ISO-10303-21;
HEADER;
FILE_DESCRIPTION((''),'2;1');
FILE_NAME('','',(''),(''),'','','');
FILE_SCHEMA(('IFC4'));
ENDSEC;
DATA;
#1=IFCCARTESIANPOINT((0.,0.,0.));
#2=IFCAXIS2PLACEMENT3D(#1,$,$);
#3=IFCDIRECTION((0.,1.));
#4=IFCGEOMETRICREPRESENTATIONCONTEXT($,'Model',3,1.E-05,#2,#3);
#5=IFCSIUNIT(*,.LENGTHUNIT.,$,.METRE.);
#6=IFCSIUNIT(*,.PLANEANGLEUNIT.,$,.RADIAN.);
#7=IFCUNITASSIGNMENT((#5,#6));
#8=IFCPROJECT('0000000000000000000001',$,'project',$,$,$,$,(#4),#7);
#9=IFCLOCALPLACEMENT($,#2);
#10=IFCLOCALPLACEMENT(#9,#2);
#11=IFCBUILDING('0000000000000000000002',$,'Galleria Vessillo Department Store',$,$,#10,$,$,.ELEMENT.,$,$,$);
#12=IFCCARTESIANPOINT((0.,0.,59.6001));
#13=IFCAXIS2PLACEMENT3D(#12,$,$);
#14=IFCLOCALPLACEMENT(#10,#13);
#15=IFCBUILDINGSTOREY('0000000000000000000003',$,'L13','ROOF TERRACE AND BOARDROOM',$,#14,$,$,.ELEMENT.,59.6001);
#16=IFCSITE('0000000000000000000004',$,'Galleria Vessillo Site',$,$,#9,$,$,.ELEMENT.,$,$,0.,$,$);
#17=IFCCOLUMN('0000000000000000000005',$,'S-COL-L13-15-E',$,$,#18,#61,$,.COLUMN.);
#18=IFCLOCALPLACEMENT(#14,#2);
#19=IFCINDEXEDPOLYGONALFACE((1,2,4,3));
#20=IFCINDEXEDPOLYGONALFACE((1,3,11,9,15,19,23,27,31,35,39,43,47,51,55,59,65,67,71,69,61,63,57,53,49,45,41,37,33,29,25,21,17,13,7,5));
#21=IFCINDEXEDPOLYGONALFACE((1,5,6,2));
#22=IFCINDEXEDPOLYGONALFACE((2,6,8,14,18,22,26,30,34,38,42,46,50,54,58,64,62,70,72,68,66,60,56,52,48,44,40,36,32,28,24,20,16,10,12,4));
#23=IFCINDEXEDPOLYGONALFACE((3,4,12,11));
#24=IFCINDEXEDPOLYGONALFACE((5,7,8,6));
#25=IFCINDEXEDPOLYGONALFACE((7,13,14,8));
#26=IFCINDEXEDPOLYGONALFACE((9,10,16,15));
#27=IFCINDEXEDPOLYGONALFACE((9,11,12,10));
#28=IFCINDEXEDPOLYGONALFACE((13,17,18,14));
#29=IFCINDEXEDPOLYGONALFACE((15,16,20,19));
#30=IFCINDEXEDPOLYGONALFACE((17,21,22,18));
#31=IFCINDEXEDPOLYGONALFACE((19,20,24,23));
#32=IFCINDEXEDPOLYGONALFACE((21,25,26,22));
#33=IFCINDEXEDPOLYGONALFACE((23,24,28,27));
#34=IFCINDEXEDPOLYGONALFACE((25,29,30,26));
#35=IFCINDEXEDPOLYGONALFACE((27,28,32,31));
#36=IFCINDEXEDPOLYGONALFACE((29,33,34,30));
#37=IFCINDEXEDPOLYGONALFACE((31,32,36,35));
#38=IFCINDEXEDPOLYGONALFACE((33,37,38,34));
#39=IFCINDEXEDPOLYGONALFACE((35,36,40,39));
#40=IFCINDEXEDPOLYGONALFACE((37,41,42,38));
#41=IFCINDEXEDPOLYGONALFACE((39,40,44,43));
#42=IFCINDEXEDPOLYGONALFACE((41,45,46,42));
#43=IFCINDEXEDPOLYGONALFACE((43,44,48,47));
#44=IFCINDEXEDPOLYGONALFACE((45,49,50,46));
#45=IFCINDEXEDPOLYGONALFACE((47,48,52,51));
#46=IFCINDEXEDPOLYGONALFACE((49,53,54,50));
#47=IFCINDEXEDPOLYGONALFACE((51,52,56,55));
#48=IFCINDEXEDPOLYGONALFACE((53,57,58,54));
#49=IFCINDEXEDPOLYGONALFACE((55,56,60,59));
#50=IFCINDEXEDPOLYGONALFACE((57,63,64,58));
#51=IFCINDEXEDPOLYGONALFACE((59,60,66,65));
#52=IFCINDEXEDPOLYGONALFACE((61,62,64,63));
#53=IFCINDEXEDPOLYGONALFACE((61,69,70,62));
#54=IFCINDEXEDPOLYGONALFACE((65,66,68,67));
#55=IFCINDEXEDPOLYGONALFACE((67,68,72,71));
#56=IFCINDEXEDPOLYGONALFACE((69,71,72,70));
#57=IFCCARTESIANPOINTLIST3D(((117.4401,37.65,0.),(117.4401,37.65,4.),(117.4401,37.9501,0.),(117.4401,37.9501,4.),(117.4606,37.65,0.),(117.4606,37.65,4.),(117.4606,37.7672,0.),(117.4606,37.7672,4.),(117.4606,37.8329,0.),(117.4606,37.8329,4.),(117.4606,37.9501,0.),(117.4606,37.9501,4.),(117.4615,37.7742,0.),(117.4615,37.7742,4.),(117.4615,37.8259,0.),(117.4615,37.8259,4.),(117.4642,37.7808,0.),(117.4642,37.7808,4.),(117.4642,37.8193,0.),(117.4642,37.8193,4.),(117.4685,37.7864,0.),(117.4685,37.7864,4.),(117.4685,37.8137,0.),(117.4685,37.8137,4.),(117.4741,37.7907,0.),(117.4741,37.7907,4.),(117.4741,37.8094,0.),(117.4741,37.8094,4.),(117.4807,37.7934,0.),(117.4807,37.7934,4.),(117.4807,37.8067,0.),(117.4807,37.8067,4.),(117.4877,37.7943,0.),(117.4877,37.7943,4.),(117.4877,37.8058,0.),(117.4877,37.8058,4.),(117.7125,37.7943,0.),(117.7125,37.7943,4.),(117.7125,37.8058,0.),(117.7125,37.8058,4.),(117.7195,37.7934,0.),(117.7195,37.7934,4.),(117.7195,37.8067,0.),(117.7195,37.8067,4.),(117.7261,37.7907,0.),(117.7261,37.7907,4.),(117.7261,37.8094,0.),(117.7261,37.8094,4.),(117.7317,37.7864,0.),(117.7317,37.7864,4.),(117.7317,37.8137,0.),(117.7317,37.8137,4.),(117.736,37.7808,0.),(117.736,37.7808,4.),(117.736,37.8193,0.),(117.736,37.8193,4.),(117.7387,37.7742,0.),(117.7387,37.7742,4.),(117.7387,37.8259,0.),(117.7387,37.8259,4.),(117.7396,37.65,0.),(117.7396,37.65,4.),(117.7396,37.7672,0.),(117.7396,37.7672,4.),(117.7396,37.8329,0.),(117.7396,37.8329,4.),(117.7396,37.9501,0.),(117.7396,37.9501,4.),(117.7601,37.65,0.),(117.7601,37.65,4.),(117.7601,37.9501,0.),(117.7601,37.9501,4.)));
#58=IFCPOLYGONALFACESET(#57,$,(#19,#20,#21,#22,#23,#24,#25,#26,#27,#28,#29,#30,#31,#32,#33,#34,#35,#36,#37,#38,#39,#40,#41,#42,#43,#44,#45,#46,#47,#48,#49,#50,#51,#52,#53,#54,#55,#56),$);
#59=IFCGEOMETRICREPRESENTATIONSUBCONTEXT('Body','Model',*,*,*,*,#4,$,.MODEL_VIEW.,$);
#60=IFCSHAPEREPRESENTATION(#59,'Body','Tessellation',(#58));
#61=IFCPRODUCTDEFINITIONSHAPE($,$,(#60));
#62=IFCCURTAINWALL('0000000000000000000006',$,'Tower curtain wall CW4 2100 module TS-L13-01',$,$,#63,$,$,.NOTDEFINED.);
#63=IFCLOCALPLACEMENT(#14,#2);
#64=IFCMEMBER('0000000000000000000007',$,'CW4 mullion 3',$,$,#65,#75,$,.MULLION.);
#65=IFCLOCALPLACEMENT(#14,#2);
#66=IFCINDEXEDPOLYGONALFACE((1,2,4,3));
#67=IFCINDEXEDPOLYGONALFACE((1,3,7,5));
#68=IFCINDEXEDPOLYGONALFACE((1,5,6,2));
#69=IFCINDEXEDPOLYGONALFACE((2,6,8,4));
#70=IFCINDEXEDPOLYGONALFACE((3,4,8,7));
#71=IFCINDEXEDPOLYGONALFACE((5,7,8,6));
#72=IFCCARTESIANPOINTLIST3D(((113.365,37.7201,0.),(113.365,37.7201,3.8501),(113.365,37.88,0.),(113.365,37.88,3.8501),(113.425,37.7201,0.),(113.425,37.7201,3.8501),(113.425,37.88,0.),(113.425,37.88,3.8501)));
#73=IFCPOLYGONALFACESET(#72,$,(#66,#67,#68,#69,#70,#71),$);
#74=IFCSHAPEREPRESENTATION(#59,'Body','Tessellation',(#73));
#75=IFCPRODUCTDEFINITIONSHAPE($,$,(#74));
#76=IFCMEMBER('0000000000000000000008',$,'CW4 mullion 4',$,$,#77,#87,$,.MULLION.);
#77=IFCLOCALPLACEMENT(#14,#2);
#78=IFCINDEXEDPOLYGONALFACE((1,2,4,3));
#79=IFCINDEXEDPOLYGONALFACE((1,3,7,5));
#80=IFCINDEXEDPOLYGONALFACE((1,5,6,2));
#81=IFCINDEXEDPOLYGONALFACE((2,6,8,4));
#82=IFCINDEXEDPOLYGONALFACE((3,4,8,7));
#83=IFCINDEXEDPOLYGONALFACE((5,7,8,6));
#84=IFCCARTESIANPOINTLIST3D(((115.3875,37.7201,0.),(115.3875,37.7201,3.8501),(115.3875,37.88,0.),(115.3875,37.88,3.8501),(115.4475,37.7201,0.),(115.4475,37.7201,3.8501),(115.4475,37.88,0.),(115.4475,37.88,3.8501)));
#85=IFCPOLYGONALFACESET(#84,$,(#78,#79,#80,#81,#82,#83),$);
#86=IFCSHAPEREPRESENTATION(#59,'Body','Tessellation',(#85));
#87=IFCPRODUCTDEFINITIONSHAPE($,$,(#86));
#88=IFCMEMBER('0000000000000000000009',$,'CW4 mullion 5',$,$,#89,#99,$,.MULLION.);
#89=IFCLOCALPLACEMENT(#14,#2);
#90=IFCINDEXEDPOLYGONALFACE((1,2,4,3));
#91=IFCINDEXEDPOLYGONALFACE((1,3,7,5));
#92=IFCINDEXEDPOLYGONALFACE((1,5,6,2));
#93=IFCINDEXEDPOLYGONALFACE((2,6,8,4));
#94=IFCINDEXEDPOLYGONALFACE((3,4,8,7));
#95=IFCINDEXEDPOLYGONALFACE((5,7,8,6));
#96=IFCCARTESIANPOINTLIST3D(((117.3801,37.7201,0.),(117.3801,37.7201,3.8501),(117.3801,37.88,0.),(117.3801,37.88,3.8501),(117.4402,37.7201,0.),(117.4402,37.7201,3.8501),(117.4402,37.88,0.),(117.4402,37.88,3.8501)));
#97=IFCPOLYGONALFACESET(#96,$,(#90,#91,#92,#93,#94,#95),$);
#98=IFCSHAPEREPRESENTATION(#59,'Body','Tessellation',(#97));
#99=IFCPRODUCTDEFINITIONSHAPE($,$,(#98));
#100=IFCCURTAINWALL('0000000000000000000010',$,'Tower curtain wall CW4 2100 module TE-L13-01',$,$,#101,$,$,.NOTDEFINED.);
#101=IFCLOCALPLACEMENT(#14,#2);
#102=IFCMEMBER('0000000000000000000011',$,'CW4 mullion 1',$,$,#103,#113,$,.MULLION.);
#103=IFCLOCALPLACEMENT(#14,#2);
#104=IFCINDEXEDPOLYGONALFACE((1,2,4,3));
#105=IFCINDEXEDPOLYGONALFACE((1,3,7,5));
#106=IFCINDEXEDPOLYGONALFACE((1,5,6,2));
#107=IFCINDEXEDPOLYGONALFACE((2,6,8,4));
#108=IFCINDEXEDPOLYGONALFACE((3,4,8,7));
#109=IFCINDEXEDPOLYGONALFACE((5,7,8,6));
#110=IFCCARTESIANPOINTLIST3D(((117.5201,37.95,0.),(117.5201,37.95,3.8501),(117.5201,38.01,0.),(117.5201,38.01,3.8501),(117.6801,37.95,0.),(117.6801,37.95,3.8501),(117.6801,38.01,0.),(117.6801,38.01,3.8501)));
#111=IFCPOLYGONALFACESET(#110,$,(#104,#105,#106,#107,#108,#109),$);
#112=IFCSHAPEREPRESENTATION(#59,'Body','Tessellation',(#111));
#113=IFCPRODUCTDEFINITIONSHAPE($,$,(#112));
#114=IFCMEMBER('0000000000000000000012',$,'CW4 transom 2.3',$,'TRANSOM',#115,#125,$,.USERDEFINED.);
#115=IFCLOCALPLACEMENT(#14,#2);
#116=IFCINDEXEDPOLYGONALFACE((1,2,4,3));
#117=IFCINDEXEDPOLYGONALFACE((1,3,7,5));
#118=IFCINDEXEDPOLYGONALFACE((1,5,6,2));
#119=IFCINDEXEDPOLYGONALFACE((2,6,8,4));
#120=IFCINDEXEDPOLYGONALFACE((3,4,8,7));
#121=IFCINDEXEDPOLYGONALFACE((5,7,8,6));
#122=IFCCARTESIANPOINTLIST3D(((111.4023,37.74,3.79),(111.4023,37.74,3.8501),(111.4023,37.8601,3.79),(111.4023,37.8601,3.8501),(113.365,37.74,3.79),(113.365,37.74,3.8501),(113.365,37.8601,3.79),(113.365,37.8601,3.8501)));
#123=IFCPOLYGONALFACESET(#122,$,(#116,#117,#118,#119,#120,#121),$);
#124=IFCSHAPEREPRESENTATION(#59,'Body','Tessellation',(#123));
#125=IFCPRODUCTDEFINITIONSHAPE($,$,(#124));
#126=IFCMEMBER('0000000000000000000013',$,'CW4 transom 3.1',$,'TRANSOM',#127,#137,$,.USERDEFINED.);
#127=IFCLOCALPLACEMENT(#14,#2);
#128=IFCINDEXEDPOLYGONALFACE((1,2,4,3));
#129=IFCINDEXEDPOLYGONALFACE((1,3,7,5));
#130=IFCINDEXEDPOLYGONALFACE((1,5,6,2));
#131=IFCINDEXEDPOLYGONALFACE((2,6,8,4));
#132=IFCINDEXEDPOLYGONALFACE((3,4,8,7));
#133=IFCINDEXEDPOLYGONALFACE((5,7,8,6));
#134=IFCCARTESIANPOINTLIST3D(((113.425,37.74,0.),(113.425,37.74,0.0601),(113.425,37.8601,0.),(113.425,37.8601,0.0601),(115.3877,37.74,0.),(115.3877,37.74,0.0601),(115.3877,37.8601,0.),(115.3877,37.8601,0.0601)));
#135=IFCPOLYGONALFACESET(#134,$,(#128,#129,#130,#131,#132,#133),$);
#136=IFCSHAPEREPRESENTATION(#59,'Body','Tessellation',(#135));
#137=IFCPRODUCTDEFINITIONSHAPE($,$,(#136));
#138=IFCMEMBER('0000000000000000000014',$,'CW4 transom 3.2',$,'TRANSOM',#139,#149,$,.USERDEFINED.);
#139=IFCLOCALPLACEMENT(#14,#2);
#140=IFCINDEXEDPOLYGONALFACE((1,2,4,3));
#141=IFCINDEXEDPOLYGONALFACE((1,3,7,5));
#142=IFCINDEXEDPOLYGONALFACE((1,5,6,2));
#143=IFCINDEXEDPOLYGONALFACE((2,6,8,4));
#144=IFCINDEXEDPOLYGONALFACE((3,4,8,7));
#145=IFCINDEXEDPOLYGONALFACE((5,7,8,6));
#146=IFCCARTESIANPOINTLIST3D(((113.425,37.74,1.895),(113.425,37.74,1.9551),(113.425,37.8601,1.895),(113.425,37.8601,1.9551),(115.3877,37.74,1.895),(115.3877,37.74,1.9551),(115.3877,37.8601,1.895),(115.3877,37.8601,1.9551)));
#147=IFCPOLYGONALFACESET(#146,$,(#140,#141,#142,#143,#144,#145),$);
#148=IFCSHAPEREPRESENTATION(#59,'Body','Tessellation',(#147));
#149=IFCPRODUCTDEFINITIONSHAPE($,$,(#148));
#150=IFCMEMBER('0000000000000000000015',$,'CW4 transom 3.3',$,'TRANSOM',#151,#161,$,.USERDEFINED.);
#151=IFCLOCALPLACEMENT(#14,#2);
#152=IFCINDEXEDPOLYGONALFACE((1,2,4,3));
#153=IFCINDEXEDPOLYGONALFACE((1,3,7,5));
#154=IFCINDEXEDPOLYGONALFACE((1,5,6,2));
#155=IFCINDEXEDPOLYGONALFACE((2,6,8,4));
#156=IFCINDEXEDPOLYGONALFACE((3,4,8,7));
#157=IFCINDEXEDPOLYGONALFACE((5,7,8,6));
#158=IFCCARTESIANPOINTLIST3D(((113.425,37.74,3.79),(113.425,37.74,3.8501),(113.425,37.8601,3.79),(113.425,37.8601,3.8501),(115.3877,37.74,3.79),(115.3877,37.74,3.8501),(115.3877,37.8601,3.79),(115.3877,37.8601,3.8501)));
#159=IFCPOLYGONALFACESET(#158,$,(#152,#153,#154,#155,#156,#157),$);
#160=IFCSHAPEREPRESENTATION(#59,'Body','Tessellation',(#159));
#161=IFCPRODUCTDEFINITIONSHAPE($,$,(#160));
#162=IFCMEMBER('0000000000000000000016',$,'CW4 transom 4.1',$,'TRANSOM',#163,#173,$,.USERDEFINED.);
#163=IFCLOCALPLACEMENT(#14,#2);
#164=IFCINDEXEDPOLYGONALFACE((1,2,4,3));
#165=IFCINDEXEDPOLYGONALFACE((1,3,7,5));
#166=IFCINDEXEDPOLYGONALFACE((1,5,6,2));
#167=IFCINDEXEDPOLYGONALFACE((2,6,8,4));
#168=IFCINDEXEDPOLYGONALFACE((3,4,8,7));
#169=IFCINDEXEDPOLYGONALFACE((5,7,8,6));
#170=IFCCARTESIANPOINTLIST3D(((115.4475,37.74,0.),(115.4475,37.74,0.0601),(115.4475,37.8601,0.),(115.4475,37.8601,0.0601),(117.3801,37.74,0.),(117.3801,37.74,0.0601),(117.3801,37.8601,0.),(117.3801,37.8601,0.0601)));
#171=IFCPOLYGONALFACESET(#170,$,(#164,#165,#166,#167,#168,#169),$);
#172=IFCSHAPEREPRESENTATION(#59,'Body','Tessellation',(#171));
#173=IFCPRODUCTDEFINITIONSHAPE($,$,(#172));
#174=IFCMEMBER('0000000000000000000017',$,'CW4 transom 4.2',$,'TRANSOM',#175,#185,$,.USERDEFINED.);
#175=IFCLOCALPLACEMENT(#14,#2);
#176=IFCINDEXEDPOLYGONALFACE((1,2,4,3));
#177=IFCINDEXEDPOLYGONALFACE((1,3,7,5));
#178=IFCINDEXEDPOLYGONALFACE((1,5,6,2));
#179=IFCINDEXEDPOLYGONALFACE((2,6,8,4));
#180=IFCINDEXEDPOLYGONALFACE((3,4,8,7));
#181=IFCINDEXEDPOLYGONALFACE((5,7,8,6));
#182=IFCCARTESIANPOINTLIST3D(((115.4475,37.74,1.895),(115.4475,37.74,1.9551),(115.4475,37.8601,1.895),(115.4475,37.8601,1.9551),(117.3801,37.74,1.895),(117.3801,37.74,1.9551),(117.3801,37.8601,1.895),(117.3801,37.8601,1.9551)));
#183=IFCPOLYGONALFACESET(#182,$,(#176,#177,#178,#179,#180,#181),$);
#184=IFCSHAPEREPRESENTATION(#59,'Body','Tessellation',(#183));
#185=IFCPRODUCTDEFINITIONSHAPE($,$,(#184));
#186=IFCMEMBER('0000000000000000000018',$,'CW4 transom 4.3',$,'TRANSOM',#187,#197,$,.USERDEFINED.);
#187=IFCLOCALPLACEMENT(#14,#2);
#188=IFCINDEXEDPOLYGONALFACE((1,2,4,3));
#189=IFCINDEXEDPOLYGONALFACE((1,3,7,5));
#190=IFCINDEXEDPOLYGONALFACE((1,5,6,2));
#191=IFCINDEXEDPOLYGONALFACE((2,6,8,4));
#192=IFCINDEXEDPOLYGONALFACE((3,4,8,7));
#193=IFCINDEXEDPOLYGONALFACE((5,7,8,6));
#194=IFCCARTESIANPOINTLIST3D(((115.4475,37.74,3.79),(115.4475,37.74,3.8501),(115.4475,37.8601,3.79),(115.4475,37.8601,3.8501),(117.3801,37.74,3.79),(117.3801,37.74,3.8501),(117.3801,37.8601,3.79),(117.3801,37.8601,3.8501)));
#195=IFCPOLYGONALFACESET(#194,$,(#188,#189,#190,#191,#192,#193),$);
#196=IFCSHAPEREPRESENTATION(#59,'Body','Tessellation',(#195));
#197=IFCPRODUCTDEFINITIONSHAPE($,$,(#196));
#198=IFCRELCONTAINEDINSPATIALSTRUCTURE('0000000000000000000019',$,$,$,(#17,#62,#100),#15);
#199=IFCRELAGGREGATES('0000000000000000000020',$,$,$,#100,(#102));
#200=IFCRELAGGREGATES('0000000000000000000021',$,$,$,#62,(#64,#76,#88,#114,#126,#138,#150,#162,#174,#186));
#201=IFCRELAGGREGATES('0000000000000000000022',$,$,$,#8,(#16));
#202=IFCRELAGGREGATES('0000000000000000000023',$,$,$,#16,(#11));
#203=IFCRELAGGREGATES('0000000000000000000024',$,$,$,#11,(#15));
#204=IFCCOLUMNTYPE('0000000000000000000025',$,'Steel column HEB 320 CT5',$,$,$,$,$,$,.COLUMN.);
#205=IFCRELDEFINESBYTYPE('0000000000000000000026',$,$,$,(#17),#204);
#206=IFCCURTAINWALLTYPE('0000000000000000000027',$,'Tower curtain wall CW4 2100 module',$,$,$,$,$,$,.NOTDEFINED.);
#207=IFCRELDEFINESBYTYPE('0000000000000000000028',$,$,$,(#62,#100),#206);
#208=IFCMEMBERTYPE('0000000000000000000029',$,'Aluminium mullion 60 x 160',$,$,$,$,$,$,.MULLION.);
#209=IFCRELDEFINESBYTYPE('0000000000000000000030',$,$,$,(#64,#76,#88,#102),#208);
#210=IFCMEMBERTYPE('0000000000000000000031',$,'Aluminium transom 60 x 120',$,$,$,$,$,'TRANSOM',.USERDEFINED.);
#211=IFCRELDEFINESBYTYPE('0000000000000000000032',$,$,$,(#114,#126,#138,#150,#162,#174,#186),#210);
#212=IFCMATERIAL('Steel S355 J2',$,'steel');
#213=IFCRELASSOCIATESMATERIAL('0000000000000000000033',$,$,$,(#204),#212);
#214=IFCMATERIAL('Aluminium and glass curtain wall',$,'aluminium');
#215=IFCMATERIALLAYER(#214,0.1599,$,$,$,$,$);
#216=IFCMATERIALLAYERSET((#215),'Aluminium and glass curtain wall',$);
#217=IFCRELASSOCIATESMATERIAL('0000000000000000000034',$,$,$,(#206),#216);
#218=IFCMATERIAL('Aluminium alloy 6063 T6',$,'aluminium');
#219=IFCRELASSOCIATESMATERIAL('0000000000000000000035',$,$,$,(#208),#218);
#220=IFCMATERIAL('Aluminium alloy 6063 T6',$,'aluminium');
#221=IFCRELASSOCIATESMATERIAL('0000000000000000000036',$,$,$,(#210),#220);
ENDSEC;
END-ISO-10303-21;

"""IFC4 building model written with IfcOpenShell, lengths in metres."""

from ifc_helpers import new_model, si_unit, direction, frame, origin, origin_2d, place, context, subcontext, project, spatial, rectangle, i_section, extrude, material, layer, layer_set, material_profile, profile_set, type_object, element, aggregate, save


model = new_model("IFC4")

# Units and contexts
model_context = context("Model", 3, precision=1e-05, world=origin(), true_north=direction((0.0, 1.0)))
body_context = subcontext(model_context, "Body", "Model", "MODEL_VIEW")
ifc_project = project(units=[si_unit("LENGTHUNIT", "METRE"), si_unit("PLANEANGLEUNIT", "RADIAN")], contexts=[model_context])

# Site, building, storey
site_placement = place(None, origin())
site = spatial("IfcSite", under=ifc_project, at=site_placement, Name="Galleria Vessillo Site", CompositionType="ELEMENT", RefElevation=0.0)
building_placement = place(site_placement, origin())
building = spatial("IfcBuilding", under=site, at=building_placement, Name="Galleria Vessillo Department Store", CompositionType="ELEMENT")
storey_placement = place(building_placement, frame((0.0, 0.0, 59.6001)))
storey = spatial("IfcBuildingStorey", under=building, at=storey_placement, Name="L13", Description="ROOF TERRACE AND BOARDROOM", CompositionType="ELEMENT", Elevation=59.6001)

# Column
ifc_material_1 = material(Name="Steel S355 J2", Category="steel")
ifc_material_profile_1 = material_profile(ifc_material_1, i_section(OverallWidth=0.3, OverallDepth=0.3201, WebThickness=0.0115, FlangeThickness=0.0205, FilletRadius=0.0271, at=origin_2d()), Name="HEB 320")
ifc_profile_set_1 = profile_set([ifc_material_profile_1], Name="Steel S355 J2")
column_type = type_object("IfcColumnType", Name="Steel column HEB 320 CT5", PredefinedType="COLUMN", material=ifc_profile_set_1)
column_placement = place(storey_placement, frame((117.6001, 37.8, 0.0), z_axis=(0.0, 0.0, 1.0), x_axis=(0.0, 1.0, 0.0)))
element("IfcColumn", 1, at=column_placement, inside=storey, type_object=column_type, Name="S-COL-L13-15-E", PredefinedType="COLUMN", context=body_context, shape_type="SweptSolid", body=[
    extrude(i_section(OverallWidth=0.3, OverallDepth=0.3201, WebThickness=0.0115, FlangeThickness=0.0205, FilletRadius=0.0271, at=origin_2d()), origin(), (0.0, 0.0, 1.0), 4.0),
])

# Curtain wall, members
ifc_material_2 = material(Name="Aluminium and glass curtain wall", Category="aluminium")
ifc_layer_1 = layer(ifc_material_2, 0.1599)
ifc_layer_set_1 = layer_set([ifc_layer_1], Name="Aluminium and glass curtain wall")
curtain_wall_type = type_object("IfcCurtainWallType", Name="Tower curtain wall CW4 2100 module", PredefinedType="NOTDEFINED", material=ifc_layer_set_1)
curtain_wall_1_placement = place(storey_placement, origin())
curtain_wall_1 = element("IfcCurtainWall", 2, at=curtain_wall_1_placement, inside=storey, type_object=curtain_wall_type, Name="Tower curtain wall CW4 2100 module TS-L13-01", PredefinedType="NOTDEFINED")
ifc_material_3 = material(Name="Aluminium alloy 6063 T6", Category="aluminium")
ifc_material_profile_2 = material_profile(ifc_material_3, rectangle(XDim=0.1599, YDim=0.0601, at=origin_2d()), Name="AL 60x160")
ifc_profile_set_2 = profile_set([ifc_material_profile_2], Name="Aluminium alloy 6063 T6")
member_type_1 = type_object("IfcMemberType", Name="Aluminium mullion 60 x 160", PredefinedType="MULLION", material=ifc_profile_set_2)
member_1_placement = place(storey_placement, frame((113.395, 37.8, 0.0), z_axis=(0.0, 0.0, 1.0), x_axis=(0.0, 1.0, 0.0)))
member_1 = element("IfcMember", 3, at=member_1_placement, type_object=member_type_1, Name="CW4 mullion 3", PredefinedType="MULLION", context=body_context, shape_type="SweptSolid", body=[
    extrude(rectangle(XDim=0.1599, YDim=0.0601, at=origin_2d()), origin(), (0.0, 0.0, 1.0), 3.8501),
])
member_2_placement = place(storey_placement, frame((115.4175, 37.8, 0.0), z_axis=(0.0, 0.0, 1.0), x_axis=(0.0, 1.0, 0.0)))
member_2 = element("IfcMember", 4, at=member_2_placement, type_object=member_type_1, Name="CW4 mullion 4", PredefinedType="MULLION", context=body_context, shape_type="SweptSolid", body=[
    extrude(rectangle(XDim=0.1599, YDim=0.0601, at=origin_2d()), origin(), (0.0, 0.0, 1.0), 3.8501),
])
member_3_placement = place(storey_placement, frame((117.4102, 37.8, 0.0), z_axis=(0.0, 0.0, 1.0), x_axis=(0.0, 1.0, 0.0)))
member_3 = element("IfcMember", 5, at=member_3_placement, type_object=member_type_1, Name="CW4 mullion 5", PredefinedType="MULLION", context=body_context, shape_type="SweptSolid", body=[
    extrude(rectangle(XDim=0.1599, YDim=0.0601, at=origin_2d()), origin(), (0.0, 0.0, 1.0), 3.8501),
])

# Curtain wall, member
curtain_wall_2_placement = place(storey_placement, origin())
curtain_wall_2 = element("IfcCurtainWall", 6, at=curtain_wall_2_placement, inside=storey, type_object=curtain_wall_type, Name="Tower curtain wall CW4 2100 module TE-L13-01", PredefinedType="NOTDEFINED")
member_4_placement = place(storey_placement, frame((117.6001, 37.98, 0.0), z_axis=(0.0, 0.0, 1.0), x_axis=(-1.0, 0.0, 0.0)))
member_4 = element("IfcMember", 7, at=member_4_placement, type_object=member_type_1, Name="CW4 mullion 1", PredefinedType="MULLION", context=body_context, shape_type="SweptSolid", body=[
    extrude(rectangle(XDim=0.1599, YDim=0.0601, at=origin_2d()), origin(), (0.0, 0.0, 1.0), 3.8501),
])
aggregate(curtain_wall_2, [member_4])

# Members
ifc_material_4 = material(Name="Aluminium alloy 6063 T6", Category="aluminium")
ifc_material_profile_3 = material_profile(ifc_material_4, rectangle(XDim=0.1201, YDim=0.0601, at=origin_2d()), Name="AL 60x120")
ifc_profile_set_3 = profile_set([ifc_material_profile_3], Name="Aluminium alloy 6063 T6")
member_type_2 = type_object("IfcMemberType", Name="Aluminium transom 60 x 120", ElementType="TRANSOM", PredefinedType="USERDEFINED", material=ifc_profile_set_3)
member_5_placement = place(storey_placement, frame((111.4023, 37.8, 3.8201), z_axis=(1.0, 0.0, 0.0), x_axis=(0.0, 1.0, 0.0)))
member_5 = element("IfcMember", 8, at=member_5_placement, type_object=member_type_2, Name="CW4 transom 2.3", ObjectType="TRANSOM", PredefinedType="USERDEFINED", context=body_context, shape_type="SweptSolid", body=[
    extrude(rectangle(XDim=0.1201, YDim=0.0601, at=origin_2d()), origin(), (0.0, 0.0, 1.0), 1.9626),
])
member_6_placement = place(storey_placement, frame((113.425, 37.8, 0.03), z_axis=(1.0, 0.0, 0.0), x_axis=(0.0, 1.0, 0.0)))
member_6 = element("IfcMember", 9, at=member_6_placement, type_object=member_type_2, Name="CW4 transom 3.1", ObjectType="TRANSOM", PredefinedType="USERDEFINED", context=body_context, shape_type="SweptSolid", body=[
    extrude(rectangle(XDim=0.1201, YDim=0.0601, at=origin_2d()), origin(), (0.0, 0.0, 1.0), 1.9626),
])
member_7_placement = place(storey_placement, frame((113.425, 37.8, 1.925), z_axis=(1.0, 0.0, 0.0), x_axis=(0.0, 1.0, 0.0)))
member_7 = element("IfcMember", 10, at=member_7_placement, type_object=member_type_2, Name="CW4 transom 3.2", ObjectType="TRANSOM", PredefinedType="USERDEFINED", context=body_context, shape_type="SweptSolid", body=[
    extrude(rectangle(XDim=0.1201, YDim=0.0601, at=origin_2d()), origin(), (0.0, 0.0, 1.0), 1.9626),
])
member_8_placement = place(storey_placement, frame((113.425, 37.8, 3.8201), z_axis=(1.0, 0.0, 0.0), x_axis=(0.0, 1.0, 0.0)))
member_8 = element("IfcMember", 11, at=member_8_placement, type_object=member_type_2, Name="CW4 transom 3.3", ObjectType="TRANSOM", PredefinedType="USERDEFINED", context=body_context, shape_type="SweptSolid", body=[
    extrude(rectangle(XDim=0.1201, YDim=0.0601, at=origin_2d()), origin(), (0.0, 0.0, 1.0), 1.9626),
])
member_9_placement = place(storey_placement, frame((115.4475, 37.8, 0.03), z_axis=(1.0, 0.0, 0.0), x_axis=(0.0, 1.0, 0.0)))
member_9 = element("IfcMember", 12, at=member_9_placement, type_object=member_type_2, Name="CW4 transom 4.1", ObjectType="TRANSOM", PredefinedType="USERDEFINED", context=body_context, shape_type="SweptSolid", body=[
    extrude(rectangle(XDim=0.1201, YDim=0.0601, at=origin_2d()), origin(), (0.0, 0.0, 1.0), 1.9326),
])
member_10_placement = place(storey_placement, frame((115.4475, 37.8, 1.925), z_axis=(1.0, 0.0, 0.0), x_axis=(0.0, 1.0, 0.0)))
member_10 = element("IfcMember", 13, at=member_10_placement, type_object=member_type_2, Name="CW4 transom 4.2", ObjectType="TRANSOM", PredefinedType="USERDEFINED", context=body_context, shape_type="SweptSolid", body=[
    extrude(rectangle(XDim=0.1201, YDim=0.0601, at=origin_2d()), origin(), (0.0, 0.0, 1.0), 1.9326),
])
member_11_placement = place(storey_placement, frame((115.4475, 37.8, 3.8201), z_axis=(1.0, 0.0, 0.0), x_axis=(0.0, 1.0, 0.0)))
member_11 = element("IfcMember", 14, at=member_11_placement, type_object=member_type_2, Name="CW4 transom 4.3", ObjectType="TRANSOM", PredefinedType="USERDEFINED", context=body_context, shape_type="SweptSolid", body=[
    extrude(rectangle(XDim=0.1201, YDim=0.0601, at=origin_2d()), origin(), (0.0, 0.0, 1.0), 1.9326),
])

aggregate(curtain_wall_1, [member_1, member_2, member_3, member_5, member_6, member_7, member_8, member_9, member_10, member_11])

save(model, "model.ifc")
